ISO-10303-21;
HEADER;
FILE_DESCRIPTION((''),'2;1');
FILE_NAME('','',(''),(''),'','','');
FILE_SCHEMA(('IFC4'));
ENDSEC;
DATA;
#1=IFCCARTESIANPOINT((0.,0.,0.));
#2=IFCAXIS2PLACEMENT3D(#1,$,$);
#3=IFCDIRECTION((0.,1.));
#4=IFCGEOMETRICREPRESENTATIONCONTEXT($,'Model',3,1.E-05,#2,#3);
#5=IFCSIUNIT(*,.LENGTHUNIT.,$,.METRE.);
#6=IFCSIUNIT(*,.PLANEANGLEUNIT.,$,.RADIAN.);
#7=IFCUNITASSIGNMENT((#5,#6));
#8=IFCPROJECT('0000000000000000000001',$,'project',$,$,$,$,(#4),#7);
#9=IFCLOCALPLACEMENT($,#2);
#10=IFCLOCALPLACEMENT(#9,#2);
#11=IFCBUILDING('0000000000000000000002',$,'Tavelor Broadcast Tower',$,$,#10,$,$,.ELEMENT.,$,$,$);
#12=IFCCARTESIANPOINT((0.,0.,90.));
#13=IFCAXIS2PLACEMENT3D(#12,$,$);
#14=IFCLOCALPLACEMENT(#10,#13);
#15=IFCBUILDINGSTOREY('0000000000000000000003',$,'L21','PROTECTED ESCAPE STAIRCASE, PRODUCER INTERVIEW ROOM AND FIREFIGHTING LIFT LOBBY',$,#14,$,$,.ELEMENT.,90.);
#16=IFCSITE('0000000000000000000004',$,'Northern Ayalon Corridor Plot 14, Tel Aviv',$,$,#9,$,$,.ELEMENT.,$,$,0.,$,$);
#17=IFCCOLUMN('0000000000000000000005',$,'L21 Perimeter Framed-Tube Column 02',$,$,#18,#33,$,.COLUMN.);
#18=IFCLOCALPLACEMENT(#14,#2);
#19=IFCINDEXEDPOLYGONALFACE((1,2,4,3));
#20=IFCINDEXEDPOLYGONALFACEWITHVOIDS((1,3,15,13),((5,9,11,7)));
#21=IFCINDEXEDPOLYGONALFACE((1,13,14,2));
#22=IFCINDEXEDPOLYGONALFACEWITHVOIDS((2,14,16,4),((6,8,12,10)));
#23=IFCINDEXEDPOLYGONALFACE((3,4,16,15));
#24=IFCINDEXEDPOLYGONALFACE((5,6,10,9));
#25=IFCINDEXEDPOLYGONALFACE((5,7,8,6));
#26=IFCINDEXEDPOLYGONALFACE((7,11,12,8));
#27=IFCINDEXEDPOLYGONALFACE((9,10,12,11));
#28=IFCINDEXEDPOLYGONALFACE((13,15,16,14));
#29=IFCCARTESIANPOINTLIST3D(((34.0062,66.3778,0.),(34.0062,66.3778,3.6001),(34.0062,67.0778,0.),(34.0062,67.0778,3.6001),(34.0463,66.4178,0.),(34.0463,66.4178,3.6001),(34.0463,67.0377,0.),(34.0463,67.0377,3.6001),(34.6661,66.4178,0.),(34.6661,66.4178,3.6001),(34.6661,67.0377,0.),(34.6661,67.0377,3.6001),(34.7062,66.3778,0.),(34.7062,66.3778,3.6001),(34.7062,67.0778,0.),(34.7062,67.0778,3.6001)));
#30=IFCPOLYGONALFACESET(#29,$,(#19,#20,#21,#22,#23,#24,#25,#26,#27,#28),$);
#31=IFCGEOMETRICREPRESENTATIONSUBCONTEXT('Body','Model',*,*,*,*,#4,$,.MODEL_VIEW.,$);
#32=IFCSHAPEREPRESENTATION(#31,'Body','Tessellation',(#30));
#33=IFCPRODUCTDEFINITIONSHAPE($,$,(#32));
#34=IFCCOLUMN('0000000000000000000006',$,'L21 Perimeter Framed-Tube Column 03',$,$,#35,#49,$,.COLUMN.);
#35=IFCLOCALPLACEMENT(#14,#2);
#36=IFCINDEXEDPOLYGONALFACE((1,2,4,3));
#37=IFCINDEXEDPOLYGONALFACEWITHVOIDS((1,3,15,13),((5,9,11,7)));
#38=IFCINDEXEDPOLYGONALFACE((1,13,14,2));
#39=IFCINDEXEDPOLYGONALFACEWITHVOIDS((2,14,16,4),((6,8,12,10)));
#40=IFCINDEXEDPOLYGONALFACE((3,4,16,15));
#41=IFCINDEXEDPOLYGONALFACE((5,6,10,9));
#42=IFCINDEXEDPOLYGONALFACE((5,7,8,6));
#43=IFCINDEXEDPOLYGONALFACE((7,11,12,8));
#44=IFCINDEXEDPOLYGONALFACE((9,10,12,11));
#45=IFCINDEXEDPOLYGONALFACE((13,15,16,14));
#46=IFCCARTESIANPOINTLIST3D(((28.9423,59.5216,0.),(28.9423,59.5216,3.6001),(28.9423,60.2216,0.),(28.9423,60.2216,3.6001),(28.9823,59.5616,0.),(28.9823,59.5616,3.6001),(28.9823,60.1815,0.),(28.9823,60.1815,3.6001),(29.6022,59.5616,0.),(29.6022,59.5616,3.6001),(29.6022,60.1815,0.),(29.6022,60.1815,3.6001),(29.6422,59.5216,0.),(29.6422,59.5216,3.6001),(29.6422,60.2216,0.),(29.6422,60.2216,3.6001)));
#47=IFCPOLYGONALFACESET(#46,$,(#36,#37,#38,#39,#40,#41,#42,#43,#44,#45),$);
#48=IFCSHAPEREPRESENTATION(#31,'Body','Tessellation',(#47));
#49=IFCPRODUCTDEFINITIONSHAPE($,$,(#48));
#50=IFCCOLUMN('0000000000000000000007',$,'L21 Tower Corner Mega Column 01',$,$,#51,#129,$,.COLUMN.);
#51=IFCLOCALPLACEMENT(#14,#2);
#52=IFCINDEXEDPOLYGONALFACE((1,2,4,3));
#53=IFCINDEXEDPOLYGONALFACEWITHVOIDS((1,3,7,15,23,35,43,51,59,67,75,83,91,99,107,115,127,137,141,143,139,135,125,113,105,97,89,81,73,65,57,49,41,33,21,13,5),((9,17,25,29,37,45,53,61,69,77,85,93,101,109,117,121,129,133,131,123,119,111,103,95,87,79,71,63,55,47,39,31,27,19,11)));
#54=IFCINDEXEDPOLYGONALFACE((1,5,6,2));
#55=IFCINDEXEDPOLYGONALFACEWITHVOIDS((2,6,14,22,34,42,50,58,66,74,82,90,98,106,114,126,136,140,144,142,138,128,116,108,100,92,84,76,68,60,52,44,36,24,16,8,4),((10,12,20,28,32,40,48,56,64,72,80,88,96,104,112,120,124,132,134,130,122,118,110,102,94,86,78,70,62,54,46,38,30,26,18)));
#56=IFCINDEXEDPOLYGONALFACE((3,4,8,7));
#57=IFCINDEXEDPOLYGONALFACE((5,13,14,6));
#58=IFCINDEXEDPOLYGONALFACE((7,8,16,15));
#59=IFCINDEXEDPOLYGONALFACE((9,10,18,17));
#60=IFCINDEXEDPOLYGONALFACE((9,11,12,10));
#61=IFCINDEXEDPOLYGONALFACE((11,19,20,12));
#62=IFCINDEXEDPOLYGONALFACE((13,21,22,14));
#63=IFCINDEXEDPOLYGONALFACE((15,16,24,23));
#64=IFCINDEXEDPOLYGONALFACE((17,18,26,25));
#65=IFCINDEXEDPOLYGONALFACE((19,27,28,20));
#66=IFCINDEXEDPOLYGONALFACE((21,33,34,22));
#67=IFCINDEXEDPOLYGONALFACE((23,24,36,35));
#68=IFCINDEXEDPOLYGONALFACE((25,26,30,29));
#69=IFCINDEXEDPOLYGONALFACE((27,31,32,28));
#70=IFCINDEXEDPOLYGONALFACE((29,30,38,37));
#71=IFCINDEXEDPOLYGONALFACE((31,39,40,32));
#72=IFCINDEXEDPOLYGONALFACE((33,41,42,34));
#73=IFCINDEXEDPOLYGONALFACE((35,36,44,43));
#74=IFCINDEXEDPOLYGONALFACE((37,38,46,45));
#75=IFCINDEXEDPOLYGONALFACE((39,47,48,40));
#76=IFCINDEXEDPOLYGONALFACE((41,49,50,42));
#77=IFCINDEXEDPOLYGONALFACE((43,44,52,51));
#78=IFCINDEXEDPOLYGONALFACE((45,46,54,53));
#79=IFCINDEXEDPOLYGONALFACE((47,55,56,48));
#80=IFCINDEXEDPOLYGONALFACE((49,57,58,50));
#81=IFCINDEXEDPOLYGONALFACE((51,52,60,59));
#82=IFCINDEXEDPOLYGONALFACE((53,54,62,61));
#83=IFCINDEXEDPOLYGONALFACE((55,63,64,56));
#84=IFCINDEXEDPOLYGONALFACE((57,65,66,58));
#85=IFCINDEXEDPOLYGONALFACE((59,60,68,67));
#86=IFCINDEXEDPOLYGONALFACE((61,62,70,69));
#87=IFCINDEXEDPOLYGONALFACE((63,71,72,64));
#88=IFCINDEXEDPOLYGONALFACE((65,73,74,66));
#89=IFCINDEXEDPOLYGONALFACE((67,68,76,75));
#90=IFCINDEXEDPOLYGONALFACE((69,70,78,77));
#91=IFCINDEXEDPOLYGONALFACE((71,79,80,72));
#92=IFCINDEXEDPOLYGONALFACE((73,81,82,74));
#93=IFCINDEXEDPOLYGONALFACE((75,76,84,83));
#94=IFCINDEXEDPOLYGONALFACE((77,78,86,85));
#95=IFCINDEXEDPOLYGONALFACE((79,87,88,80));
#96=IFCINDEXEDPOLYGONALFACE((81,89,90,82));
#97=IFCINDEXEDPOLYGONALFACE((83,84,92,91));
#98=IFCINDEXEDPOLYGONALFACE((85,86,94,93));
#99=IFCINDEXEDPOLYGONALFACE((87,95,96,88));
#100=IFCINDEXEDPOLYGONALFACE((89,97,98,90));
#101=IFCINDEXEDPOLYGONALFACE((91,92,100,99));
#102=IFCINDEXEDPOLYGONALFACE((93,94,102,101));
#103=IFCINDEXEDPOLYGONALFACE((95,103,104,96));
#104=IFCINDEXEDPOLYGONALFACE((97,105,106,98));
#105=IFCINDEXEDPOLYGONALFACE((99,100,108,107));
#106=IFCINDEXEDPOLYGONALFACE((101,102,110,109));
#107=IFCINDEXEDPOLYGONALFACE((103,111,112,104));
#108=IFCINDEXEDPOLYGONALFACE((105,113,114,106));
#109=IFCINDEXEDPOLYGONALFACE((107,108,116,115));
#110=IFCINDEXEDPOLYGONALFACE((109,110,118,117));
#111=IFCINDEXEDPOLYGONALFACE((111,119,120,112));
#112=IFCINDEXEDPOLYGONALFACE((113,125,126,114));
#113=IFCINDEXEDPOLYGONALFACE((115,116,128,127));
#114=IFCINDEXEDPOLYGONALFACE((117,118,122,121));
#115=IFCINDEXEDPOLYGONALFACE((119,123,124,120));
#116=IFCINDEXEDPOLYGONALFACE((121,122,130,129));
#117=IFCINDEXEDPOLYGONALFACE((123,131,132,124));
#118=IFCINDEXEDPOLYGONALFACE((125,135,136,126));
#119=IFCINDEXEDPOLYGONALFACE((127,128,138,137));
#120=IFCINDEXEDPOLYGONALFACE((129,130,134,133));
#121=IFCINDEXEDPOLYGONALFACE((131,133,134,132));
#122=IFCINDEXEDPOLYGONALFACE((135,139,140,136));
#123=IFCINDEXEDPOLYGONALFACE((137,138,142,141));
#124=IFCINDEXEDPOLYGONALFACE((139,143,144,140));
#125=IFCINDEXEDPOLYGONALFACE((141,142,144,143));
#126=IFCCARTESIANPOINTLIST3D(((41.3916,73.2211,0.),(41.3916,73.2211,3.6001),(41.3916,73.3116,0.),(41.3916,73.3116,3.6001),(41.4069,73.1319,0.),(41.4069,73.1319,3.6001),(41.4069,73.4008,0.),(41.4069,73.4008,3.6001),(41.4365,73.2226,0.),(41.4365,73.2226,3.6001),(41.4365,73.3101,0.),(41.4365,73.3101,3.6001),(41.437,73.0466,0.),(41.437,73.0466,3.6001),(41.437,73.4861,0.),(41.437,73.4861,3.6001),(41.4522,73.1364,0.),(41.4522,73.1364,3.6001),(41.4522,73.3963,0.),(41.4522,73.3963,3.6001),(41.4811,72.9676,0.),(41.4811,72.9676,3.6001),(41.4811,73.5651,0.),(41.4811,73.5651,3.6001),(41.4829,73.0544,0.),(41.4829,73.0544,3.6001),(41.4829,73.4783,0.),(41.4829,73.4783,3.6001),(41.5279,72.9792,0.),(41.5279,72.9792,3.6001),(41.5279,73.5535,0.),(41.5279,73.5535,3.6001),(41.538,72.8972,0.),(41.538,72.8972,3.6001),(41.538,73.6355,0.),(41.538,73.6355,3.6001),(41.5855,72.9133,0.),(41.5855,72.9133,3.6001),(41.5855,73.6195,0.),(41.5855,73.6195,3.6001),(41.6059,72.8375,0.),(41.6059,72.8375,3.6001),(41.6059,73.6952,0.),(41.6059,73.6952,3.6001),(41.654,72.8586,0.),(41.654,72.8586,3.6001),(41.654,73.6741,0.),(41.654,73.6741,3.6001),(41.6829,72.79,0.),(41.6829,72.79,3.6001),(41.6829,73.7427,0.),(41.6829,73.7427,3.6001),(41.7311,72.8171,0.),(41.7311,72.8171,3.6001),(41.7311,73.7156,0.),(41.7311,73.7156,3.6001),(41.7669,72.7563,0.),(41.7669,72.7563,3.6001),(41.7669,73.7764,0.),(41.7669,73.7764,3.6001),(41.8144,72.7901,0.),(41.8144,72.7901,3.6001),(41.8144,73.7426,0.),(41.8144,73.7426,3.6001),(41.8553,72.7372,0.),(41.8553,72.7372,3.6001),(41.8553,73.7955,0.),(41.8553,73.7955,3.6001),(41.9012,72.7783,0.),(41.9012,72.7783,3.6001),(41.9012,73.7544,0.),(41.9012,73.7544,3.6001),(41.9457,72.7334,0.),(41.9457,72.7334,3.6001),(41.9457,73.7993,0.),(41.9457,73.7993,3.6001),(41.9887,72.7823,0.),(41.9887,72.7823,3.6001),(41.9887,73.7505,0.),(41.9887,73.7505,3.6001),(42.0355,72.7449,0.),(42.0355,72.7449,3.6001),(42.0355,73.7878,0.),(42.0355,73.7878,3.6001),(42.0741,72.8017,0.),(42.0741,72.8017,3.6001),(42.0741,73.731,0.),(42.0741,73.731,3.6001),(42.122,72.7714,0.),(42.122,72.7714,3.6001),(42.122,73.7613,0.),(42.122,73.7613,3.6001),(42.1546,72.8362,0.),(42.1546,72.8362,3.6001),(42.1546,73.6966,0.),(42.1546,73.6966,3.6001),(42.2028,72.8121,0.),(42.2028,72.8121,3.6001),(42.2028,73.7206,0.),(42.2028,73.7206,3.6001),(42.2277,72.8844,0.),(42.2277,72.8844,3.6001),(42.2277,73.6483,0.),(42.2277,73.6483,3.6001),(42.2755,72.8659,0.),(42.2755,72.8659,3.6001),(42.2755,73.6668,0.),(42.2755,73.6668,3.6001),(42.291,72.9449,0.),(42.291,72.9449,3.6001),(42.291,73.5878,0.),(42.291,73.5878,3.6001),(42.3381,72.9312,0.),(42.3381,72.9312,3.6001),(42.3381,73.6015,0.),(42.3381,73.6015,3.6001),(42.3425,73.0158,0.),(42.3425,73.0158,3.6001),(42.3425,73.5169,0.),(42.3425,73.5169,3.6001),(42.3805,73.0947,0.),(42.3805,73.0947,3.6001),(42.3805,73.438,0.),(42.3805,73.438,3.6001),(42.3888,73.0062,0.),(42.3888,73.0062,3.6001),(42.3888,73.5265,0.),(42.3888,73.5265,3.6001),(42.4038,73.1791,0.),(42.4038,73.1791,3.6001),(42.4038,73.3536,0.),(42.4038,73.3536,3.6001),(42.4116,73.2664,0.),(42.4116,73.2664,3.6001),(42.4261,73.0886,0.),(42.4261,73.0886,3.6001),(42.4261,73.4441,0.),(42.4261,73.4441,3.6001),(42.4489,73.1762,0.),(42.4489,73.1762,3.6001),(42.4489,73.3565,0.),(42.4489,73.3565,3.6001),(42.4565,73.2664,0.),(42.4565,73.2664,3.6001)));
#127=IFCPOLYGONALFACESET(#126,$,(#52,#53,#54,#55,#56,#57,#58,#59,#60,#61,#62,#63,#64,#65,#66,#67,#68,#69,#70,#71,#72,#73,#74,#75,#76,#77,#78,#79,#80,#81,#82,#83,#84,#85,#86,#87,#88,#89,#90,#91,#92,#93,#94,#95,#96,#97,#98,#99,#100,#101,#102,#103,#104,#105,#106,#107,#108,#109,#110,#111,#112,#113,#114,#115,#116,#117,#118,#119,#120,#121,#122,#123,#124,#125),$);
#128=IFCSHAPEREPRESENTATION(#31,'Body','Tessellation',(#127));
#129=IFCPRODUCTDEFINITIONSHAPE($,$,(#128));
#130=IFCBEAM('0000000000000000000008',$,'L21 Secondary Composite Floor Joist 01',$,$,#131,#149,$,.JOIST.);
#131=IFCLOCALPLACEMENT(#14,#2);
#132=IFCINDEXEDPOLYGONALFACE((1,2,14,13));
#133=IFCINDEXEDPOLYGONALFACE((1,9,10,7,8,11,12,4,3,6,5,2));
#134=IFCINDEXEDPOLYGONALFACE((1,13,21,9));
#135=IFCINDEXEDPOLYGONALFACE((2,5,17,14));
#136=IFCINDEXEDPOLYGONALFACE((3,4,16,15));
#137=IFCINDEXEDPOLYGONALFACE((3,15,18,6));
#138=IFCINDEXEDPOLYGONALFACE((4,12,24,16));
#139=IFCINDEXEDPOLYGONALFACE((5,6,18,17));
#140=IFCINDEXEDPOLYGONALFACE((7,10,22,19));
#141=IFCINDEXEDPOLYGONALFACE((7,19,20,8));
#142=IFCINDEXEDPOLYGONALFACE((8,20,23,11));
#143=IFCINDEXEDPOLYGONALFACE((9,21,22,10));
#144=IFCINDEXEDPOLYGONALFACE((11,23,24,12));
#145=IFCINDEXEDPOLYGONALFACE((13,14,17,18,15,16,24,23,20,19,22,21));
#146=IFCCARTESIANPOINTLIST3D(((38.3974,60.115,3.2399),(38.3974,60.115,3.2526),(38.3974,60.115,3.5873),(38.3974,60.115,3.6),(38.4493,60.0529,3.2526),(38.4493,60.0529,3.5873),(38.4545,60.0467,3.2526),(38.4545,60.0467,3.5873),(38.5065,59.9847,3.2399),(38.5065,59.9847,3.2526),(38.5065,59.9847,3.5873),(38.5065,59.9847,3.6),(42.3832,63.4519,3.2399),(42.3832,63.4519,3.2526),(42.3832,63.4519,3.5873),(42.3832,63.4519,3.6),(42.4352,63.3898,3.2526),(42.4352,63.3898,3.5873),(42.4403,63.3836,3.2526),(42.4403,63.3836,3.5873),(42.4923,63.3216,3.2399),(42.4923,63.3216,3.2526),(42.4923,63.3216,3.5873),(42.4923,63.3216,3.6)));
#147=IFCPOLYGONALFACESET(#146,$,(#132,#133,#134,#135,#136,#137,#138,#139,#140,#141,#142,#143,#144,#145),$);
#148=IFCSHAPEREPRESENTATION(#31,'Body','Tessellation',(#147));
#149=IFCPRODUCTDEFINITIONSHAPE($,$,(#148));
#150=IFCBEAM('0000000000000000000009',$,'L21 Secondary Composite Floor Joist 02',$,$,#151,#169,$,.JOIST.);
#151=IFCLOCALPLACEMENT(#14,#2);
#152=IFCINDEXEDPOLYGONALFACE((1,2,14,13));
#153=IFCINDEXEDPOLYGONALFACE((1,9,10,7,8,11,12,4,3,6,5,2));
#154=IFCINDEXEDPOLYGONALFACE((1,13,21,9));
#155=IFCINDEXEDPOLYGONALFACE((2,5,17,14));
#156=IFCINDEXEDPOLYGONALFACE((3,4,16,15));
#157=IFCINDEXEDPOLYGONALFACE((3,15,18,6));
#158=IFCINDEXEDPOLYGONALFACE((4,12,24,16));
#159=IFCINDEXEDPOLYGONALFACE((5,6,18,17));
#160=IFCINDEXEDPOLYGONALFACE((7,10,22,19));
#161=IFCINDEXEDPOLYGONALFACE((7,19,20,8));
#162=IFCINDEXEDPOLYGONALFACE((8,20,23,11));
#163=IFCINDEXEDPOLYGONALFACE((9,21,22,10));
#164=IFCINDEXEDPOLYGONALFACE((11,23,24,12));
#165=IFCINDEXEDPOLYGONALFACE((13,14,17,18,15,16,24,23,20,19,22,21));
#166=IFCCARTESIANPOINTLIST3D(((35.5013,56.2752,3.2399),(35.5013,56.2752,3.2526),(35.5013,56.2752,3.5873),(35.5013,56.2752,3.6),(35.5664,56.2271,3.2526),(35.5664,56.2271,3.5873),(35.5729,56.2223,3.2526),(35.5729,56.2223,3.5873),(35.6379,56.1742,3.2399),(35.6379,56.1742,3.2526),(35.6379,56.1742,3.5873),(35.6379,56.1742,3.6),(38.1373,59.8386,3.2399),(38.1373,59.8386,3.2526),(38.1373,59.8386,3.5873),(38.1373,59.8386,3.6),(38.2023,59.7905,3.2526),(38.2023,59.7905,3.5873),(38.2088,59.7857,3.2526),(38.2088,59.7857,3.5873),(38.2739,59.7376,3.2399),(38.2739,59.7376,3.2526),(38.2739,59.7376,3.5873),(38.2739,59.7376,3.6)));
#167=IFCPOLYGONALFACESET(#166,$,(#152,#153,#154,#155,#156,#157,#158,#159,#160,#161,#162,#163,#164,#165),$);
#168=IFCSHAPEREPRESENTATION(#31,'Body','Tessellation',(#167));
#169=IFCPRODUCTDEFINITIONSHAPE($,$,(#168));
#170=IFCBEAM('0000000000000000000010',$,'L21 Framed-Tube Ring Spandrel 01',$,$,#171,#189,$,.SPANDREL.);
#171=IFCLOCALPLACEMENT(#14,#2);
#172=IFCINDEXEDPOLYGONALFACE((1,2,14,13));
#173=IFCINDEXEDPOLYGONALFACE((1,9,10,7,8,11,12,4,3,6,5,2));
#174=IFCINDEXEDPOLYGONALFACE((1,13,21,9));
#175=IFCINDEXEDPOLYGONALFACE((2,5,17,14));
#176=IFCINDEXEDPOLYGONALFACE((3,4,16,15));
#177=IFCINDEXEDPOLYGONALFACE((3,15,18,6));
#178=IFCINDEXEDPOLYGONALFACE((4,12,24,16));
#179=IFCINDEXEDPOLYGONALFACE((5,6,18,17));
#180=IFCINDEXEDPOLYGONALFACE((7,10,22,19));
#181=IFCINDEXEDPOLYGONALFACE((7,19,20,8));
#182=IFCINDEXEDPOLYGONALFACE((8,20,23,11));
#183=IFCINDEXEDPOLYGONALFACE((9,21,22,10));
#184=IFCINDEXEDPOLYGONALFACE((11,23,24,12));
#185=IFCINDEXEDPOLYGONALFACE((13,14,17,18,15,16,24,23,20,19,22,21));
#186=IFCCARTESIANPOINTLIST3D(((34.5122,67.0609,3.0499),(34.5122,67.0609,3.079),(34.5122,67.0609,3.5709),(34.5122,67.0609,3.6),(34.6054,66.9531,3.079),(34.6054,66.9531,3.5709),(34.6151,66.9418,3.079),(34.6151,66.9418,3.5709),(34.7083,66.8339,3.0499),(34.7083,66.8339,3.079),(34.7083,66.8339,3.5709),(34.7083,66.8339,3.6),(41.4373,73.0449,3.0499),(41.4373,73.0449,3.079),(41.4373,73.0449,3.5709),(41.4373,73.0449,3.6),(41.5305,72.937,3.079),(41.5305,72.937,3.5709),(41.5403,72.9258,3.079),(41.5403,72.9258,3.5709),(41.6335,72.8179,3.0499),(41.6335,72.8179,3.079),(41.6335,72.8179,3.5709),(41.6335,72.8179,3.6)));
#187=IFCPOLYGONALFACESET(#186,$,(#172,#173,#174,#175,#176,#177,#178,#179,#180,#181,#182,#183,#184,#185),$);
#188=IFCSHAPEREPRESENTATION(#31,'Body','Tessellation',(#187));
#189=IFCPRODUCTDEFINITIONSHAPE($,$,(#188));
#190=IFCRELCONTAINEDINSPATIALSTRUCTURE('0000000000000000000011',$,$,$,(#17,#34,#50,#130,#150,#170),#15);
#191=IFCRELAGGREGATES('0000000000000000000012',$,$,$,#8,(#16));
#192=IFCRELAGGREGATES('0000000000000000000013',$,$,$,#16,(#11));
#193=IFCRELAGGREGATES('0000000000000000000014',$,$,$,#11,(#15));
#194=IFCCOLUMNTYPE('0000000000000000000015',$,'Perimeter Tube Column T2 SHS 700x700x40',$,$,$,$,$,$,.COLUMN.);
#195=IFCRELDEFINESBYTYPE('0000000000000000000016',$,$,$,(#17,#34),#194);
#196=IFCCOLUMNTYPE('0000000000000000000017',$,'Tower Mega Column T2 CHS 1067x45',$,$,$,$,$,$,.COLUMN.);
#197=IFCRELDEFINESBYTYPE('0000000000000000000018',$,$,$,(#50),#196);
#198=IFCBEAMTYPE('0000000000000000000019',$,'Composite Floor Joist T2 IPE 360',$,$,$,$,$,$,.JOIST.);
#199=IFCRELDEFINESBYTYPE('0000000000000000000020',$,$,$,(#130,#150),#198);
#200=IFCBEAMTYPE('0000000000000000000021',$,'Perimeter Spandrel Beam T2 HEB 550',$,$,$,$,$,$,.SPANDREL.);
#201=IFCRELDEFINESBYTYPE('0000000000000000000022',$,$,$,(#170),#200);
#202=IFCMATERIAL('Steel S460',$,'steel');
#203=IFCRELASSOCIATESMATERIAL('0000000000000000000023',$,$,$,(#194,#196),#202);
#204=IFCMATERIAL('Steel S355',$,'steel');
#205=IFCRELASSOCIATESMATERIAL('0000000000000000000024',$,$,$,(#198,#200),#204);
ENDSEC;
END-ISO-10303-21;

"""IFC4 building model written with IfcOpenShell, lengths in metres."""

from ifc_helpers import new_model, si_unit, direction, frame, origin, origin_2d, place, context, subcontext, project, spatial, hollow_rectangle, hollow_circle, i_section, extrude, material, material_profile, profile_set, type_object, element, save


model = new_model("IFC4")

# Units and contexts
model_context = context("Model", 3, precision=1e-05, world=origin(), true_north=direction((0.0, 1.0)))
body_context = subcontext(model_context, "Body", "Model", "MODEL_VIEW")
ifc_project = project(units=[si_unit("LENGTHUNIT", "METRE"), si_unit("PLANEANGLEUNIT", "RADIAN")], contexts=[model_context])

# Site, building, storey
site_placement = place(None, origin())
site = spatial("IfcSite", under=ifc_project, at=site_placement, Name="Northern Ayalon Corridor Plot 14, Tel Aviv", CompositionType="ELEMENT", RefElevation=0.0)
building_placement = place(site_placement, origin())
building = spatial("IfcBuilding", under=site, at=building_placement, Name="Tavelor Broadcast Tower", CompositionType="ELEMENT")
storey_placement = place(building_placement, frame((0.0, 0.0, 90.0)))
storey = spatial("IfcBuildingStorey", under=building, at=storey_placement, Name="L21", Description="PROTECTED ESCAPE STAIRCASE, PRODUCER INTERVIEW ROOM AND FIREFIGHTING LIFT LOBBY", CompositionType="ELEMENT", Elevation=90.0)

# Columns
ifc_material_1 = material(Name="Steel S460", Category="steel")
ifc_material_profile_1 = material_profile(ifc_material_1, hollow_rectangle(XDim=0.7, YDim=0.7, WallThickness=0.04, at=origin_2d()), Name="SHS 700x700x40")
ifc_profile_set_1 = profile_set([ifc_material_profile_1], Name="Steel S460")
column_type_1 = type_object("IfcColumnType", Name="Perimeter Tube Column T2 SHS 700x700x40", PredefinedType="COLUMN", material=ifc_profile_set_1)
for number, where, z_axis, x_axis, name in (
    (1, (34.3562, 66.7278, 0.0), (0.0, 0.0, 1.0), (1.0, 0.0, 0.0), "L21 Perimeter Framed-Tube Column 02"),
    (2, (29.2922, 59.8716, 0.0), (0.0, 0.0, 1.0), (1.0, 0.0, 0.0), "L21 Perimeter Framed-Tube Column 03"),
):
    element("IfcColumn", number, at=place(storey_placement, frame(where, z_axis=z_axis, x_axis=x_axis)), inside=storey, type_object=column_type_1, Name=name, PredefinedType="COLUMN", context=body_context, shape_type="SweptSolid", body=[
        extrude(hollow_rectangle(XDim=0.7, YDim=0.7, WallThickness=0.04, at=origin_2d()), origin(), (0.0, 0.0, 1.0), 3.6001),
    ])
ifc_material_profile_2 = material_profile(ifc_material_1, hollow_circle(Radius=0.5334, WallThickness=0.0449, at=origin_2d()), Name="CHS 1067x45")
ifc_profile_set_2 = profile_set([ifc_material_profile_2], Name="Steel S460")
column_type_2 = type_object("IfcColumnType", Name="Tower Mega Column T2 CHS 1067x45", PredefinedType="COLUMN", material=ifc_profile_set_2)
column_placement = place(storey_placement, frame((41.9231, 73.2664, 0.0), z_axis=(0.0, 0.0, 1.0), x_axis=(1.0, 0.0, 0.0)))
element("IfcColumn", 3, at=column_placement, inside=storey, type_object=column_type_2, Name="L21 Tower Corner Mega Column 01", PredefinedType="COLUMN", context=body_context, shape_type="SweptSolid", body=[
    extrude(hollow_circle(Radius=0.5334, WallThickness=0.0449, at=origin_2d()), origin(), (0.0, 0.0, 1.0), 3.6001),
])

# Beams
ifc_material_2 = material(Name="Steel S355", Category="steel")
ifc_material_profile_3 = material_profile(ifc_material_2, i_section(OverallWidth=0.1699, OverallDepth=0.3601, WebThickness=0.0081, FlangeThickness=0.0127, at=origin_2d()), Name="IPE 360")
ifc_profile_set_3 = profile_set([ifc_material_profile_3], Name="Steel S355")
beam_type_1 = type_object("IfcBeamType", Name="Composite Floor Joist T2 IPE 360", PredefinedType="JOIST", material=ifc_profile_set_3)
beam_1_placement = place(storey_placement, frame((42.4377, 63.3867, 3.4199), z_axis=(-0.766764, -0.641929, 0.0), x_axis=(0.641929, -0.766764, 0.0)))
element("IfcBeam", 4, at=beam_1_placement, inside=storey, type_object=beam_type_1, Name="L21 Secondary Composite Floor Joist 01", PredefinedType="JOIST", context=body_context, shape_type="SweptSolid", body=[
    extrude(i_section(OverallWidth=0.1699, OverallDepth=0.3601, WebThickness=0.0081, FlangeThickness=0.0127, at=origin_2d()), origin(), (0.0, 0.0, 1.0), 5.1982),
])
beam_2_placement = place(storey_placement, frame((38.2056, 59.7881, 3.4199), z_axis=(-0.594699, -0.803948, 0.0), x_axis=(0.803948, -0.594699, 0.0)))
element("IfcBeam", 5, at=beam_2_placement, inside=storey, type_object=beam_type_1, Name="L21 Secondary Composite Floor Joist 02", PredefinedType="JOIST", context=body_context, shape_type="SweptSolid", body=[
    extrude(i_section(OverallWidth=0.1699, OverallDepth=0.3601, WebThickness=0.0081, FlangeThickness=0.0127, at=origin_2d()), origin(), (0.0, 0.0, 1.0), 4.4324),
])
ifc_material_profile_4 = material_profile(ifc_material_2, i_section(OverallWidth=0.3, OverallDepth=0.55, WebThickness=0.0149, FlangeThickness=0.0291, at=origin_2d()), Name="HEB 550")
ifc_profile_set_4 = profile_set([ifc_material_profile_4], Name="Steel S355")
beam_type_2 = type_object("IfcBeamType", Name="Perimeter Spandrel Beam T2 HEB 550", PredefinedType="SPANDREL", material=ifc_profile_set_4)
beam_3_placement = place(storey_placement, frame((41.5354, 72.9314, 3.325), z_axis=(-0.756652, -0.653818, 0.0), x_axis=(0.653818, -0.756652, 0.0)))
element("IfcBeam", 6, at=beam_3_placement, inside=storey, type_object=beam_type_2, Name="L21 Framed-Tube Ring Spandrel 01", PredefinedType="SPANDREL", context=body_context, shape_type="SweptSolid", body=[
    extrude(i_section(OverallWidth=0.3, OverallDepth=0.55, WebThickness=0.0149, FlangeThickness=0.0291, at=origin_2d()), origin(), (0.0, 0.0, 1.0), 9.1523),
])

save(model, "model.ifc")
